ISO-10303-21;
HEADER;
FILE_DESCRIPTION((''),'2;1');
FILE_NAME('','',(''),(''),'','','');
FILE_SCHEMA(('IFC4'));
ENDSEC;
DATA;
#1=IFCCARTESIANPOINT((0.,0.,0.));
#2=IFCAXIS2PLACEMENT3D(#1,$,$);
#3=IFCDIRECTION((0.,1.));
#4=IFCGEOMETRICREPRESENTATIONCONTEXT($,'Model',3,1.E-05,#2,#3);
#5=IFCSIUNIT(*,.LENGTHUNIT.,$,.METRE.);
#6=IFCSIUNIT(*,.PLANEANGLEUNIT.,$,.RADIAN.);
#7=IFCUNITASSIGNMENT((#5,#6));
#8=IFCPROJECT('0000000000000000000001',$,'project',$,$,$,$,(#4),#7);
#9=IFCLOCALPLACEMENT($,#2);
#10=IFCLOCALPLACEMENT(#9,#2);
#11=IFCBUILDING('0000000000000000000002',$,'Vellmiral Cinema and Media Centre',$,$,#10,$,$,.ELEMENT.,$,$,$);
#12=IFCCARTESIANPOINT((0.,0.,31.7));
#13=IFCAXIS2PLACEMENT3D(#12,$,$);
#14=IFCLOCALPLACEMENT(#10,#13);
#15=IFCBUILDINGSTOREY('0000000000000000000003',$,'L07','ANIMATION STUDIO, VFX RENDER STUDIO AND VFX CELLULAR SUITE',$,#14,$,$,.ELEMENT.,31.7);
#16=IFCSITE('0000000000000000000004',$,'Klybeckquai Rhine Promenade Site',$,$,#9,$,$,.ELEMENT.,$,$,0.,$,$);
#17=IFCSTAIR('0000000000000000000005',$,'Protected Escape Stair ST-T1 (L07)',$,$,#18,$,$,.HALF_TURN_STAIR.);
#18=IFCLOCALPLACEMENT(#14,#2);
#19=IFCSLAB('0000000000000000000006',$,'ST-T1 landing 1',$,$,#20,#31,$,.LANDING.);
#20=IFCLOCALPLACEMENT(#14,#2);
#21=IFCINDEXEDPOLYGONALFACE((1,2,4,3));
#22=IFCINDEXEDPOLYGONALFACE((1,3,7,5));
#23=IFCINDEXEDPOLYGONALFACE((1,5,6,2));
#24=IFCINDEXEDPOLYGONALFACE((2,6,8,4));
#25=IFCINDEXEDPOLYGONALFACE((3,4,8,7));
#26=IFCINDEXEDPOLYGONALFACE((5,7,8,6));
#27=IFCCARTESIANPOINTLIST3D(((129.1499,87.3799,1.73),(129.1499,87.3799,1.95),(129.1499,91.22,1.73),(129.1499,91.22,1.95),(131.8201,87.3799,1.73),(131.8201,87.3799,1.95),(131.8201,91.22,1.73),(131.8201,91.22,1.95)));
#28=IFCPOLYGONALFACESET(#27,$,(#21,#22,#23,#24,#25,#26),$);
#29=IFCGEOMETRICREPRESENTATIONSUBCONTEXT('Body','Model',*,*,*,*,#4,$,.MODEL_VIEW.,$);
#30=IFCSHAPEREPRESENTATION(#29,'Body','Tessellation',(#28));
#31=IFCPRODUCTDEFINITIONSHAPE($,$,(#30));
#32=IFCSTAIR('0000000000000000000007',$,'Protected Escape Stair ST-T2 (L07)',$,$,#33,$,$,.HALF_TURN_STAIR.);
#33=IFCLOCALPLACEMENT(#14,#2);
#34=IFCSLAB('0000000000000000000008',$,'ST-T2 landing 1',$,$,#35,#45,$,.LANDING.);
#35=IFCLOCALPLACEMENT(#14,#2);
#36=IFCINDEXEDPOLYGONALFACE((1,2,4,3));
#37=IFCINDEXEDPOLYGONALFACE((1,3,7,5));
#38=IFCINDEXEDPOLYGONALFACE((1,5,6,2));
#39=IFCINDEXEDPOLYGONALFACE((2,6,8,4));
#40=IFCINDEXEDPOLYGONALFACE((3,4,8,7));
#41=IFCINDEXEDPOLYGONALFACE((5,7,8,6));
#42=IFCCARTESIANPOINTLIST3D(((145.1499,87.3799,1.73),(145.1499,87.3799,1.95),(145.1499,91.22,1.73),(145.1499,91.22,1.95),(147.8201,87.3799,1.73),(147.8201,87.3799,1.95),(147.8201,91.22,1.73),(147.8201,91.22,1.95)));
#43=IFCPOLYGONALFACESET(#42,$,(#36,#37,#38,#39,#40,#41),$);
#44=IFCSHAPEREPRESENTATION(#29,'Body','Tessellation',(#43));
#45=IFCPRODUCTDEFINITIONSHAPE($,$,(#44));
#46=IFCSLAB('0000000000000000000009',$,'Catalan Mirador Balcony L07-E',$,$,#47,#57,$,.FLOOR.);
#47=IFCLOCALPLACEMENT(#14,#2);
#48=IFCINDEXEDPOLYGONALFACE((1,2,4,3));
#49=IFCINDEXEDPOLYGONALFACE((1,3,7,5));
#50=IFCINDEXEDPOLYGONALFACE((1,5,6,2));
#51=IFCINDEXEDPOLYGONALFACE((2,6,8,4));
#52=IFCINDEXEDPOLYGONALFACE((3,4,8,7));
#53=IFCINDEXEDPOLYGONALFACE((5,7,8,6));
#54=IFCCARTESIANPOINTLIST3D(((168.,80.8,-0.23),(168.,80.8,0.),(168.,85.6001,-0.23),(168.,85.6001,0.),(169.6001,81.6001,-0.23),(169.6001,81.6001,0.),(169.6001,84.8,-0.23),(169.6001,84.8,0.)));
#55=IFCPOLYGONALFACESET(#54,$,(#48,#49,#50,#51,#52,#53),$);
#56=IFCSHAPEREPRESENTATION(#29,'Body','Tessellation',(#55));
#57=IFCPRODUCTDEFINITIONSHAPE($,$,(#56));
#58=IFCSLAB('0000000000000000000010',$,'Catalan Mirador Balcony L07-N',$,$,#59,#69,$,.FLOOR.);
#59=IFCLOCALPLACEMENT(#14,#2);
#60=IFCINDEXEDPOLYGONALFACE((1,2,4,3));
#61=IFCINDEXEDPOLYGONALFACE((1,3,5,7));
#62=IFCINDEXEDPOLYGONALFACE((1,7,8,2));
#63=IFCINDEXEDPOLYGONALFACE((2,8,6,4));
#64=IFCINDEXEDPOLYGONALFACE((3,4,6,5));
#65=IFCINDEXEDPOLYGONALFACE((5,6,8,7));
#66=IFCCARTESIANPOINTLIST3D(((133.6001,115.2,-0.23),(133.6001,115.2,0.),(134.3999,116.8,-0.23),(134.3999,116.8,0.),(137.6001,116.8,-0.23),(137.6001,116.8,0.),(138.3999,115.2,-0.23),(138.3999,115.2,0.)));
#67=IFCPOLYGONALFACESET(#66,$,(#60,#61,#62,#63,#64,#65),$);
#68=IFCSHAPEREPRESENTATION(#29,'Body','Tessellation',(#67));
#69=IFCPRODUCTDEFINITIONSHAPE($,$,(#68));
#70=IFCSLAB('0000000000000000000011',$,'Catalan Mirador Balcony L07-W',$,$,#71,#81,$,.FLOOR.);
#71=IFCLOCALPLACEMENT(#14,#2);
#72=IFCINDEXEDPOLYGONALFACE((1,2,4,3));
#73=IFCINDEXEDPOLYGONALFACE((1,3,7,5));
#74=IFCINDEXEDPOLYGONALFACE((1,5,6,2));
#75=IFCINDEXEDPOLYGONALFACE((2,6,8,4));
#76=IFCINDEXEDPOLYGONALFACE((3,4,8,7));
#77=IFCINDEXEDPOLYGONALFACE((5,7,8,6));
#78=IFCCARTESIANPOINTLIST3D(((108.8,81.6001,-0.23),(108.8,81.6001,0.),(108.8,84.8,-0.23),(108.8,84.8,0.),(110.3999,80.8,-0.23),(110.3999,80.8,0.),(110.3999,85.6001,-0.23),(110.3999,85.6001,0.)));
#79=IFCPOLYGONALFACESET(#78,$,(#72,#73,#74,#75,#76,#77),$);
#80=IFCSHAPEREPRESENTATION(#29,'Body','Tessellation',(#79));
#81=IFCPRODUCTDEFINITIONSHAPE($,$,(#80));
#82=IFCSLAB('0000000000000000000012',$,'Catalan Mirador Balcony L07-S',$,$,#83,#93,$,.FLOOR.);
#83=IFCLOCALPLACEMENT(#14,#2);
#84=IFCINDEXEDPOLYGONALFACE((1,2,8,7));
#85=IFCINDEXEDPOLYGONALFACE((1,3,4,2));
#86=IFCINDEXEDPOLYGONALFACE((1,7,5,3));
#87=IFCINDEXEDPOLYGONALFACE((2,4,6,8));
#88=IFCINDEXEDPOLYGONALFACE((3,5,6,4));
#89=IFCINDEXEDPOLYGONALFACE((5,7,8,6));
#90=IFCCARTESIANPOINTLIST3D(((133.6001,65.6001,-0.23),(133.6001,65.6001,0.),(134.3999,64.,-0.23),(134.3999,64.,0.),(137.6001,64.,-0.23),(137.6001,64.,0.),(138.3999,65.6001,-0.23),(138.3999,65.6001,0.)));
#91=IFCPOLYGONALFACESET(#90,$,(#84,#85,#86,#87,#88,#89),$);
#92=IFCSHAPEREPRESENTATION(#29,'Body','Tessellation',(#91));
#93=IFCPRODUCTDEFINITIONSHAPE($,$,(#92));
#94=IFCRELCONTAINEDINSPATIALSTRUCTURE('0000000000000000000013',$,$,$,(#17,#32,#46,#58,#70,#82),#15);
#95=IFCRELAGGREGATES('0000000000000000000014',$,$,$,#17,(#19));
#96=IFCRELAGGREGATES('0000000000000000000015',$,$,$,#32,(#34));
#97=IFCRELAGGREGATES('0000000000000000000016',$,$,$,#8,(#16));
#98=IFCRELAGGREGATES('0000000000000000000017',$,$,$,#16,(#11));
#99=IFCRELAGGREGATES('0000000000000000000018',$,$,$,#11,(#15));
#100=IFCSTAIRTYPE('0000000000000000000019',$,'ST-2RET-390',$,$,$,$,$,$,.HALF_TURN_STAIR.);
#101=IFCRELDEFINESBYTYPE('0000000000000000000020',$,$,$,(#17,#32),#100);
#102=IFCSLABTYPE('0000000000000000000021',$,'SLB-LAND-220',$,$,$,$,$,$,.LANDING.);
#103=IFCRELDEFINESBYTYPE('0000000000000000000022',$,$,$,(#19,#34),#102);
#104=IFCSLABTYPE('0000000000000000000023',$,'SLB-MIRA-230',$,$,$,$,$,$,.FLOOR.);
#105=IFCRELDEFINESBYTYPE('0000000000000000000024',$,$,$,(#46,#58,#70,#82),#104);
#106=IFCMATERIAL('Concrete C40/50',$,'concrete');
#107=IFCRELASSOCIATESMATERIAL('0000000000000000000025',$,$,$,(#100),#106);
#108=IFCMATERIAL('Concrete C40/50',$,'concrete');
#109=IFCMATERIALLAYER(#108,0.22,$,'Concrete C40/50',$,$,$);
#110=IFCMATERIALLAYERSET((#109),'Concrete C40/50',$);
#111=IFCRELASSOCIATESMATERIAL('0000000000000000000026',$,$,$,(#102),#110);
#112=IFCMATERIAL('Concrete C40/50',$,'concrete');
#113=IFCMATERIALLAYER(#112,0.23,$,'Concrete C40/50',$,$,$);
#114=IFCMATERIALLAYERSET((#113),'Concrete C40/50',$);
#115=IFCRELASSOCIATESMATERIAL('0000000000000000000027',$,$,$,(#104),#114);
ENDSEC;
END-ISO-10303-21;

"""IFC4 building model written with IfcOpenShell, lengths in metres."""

from ifc_helpers import new_model, si_unit, direction, frame, origin, place, context, subcontext, project, spatial, polyline, outline, extrude, material, layer, layer_set, type_object, element, aggregate, save


model = new_model("IFC4")

# Units and contexts
model_context = context("Model", 3, precision=1e-05, world=origin(), true_north=direction((0.0, 1.0)))
body_context = subcontext(model_context, "Body", "Model", "MODEL_VIEW")
ifc_project = project(units=[si_unit("LENGTHUNIT", "METRE"), si_unit("PLANEANGLEUNIT", "RADIAN")], contexts=[model_context])

# Site, building, storey
site_placement = place(None, origin())
site = spatial("IfcSite", under=ifc_project, at=site_placement, Name="Klybeckquai Rhine Promenade Site", CompositionType="ELEMENT", RefElevation=0.0)
building_placement = place(site_placement, origin())
building = spatial("IfcBuilding", under=site, at=building_placement, Name="Vellmiral Cinema and Media Centre", CompositionType="ELEMENT")
storey_placement = place(building_placement, frame((0.0, 0.0, 31.7)))
storey = spatial("IfcBuildingStorey", under=building, at=storey_placement, Name="L07", Description="ANIMATION STUDIO, VFX RENDER STUDIO AND VFX CELLULAR SUITE", CompositionType="ELEMENT", Elevation=31.7)

# Stairs, slabs
ifc_material_1 = material(Name="Concrete C40/50", Category="concrete")
stair_type = type_object("IfcStairType", Name="ST-2RET-390", PredefinedType="HALF_TURN_STAIR", material=ifc_material_1)
stair_1_placement = place(storey_placement, origin())
stair_1 = element("IfcStair", 1, at=stair_1_placement, inside=storey, type_object=stair_type, Name="Protected Escape Stair ST-T1 (L07)", PredefinedType="HALF_TURN_STAIR")
ifc_material_2 = material(Name="Concrete C40/50", Category="concrete")
ifc_layer_1 = layer(ifc_material_2, 0.22, Name="Concrete C40/50")
ifc_layer_set_1 = layer_set([ifc_layer_1], Name="Concrete C40/50")
slab_type_1 = type_object("IfcSlabType", Name="SLB-LAND-220", PredefinedType="LANDING", material=ifc_layer_set_1)
slab_1_placement = place(storey_placement, frame((0.0, 0.0, 1.73)))
slab_1 = element("IfcSlab", 2, at=slab_1_placement, type_object=slab_type_1, Name="ST-T1 landing 1", PredefinedType="LANDING", context=body_context, shape_type="SweptSolid", body=[
    extrude(outline(polyline([(129.1499, 87.3799), (131.8201, 87.3799), (131.8201, 91.22), (129.1499, 91.22), (129.1499, 87.3799)])), origin(), (0.0, 0.0, 1.0), 0.22),
])
aggregate(stair_1, [slab_1])
stair_2_placement = place(storey_placement, origin())
stair_2 = element("IfcStair", 3, at=stair_2_placement, inside=storey, type_object=stair_type, Name="Protected Escape Stair ST-T2 (L07)", PredefinedType="HALF_TURN_STAIR")
slab_2_placement = place(storey_placement, frame((0.0, 0.0, 1.73)))
slab_2 = element("IfcSlab", 4, at=slab_2_placement, type_object=slab_type_1, Name="ST-T2 landing 1", PredefinedType="LANDING", context=body_context, shape_type="SweptSolid", body=[
    extrude(outline(polyline([(145.1499, 87.3799), (147.8201, 87.3799), (147.8201, 91.22), (145.1499, 91.22), (145.1499, 87.3799)])), origin(), (0.0, 0.0, 1.0), 0.22),
])
aggregate(stair_2, [slab_2])

# Slabs
ifc_material_3 = material(Name="Concrete C40/50", Category="concrete")
ifc_layer_2 = layer(ifc_material_3, 0.23, Name="Concrete C40/50")
ifc_layer_set_2 = layer_set([ifc_layer_2], Name="Concrete C40/50")
slab_type_2 = type_object("IfcSlabType", Name="SLB-MIRA-230", PredefinedType="FLOOR", material=ifc_layer_set_2)
slab_3_placement = place(storey_placement, frame((0.0, 0.0, -0.23)))
element("IfcSlab", 5, at=slab_3_placement, inside=storey, type_object=slab_type_2, Name="Catalan Mirador Balcony L07-E", PredefinedType="FLOOR", context=body_context, shape_type="SweptSolid", body=[
    extrude(outline(polyline([(168.0, 80.8), (169.6001, 81.6001), (169.6001, 84.8), (168.0, 85.6001), (168.0, 80.8)])), origin(), (0.0, 0.0, 1.0), 0.23),
])
slab_4_placement = place(storey_placement, frame((0.0, 0.0, -0.23)))
element("IfcSlab", 6, at=slab_4_placement, inside=storey, type_object=slab_type_2, Name="Catalan Mirador Balcony L07-N", PredefinedType="FLOOR", context=body_context, shape_type="SweptSolid", body=[
    extrude(outline(polyline([(133.6001, 115.2), (138.3999, 115.2), (137.6001, 116.8), (134.3999, 116.8), (133.6001, 115.2)])), origin(), (0.0, 0.0, 1.0), 0.23),
])
slab_5_placement = place(storey_placement, frame((0.0, 0.0, -0.23)))
element("IfcSlab", 7, at=slab_5_placement, inside=storey, type_object=slab_type_2, Name="Catalan Mirador Balcony L07-W", PredefinedType="FLOOR", context=body_context, shape_type="SweptSolid", body=[
    extrude(outline(polyline([(110.3999, 80.8), (110.3999, 85.6001), (108.8, 84.8), (108.8, 81.6001), (110.3999, 80.8)])), origin(), (0.0, 0.0, 1.0), 0.23),
])
slab_6_placement = place(storey_placement, frame((0.0, 0.0, -0.23)))
element("IfcSlab", 8, at=slab_6_placement, inside=storey, type_object=slab_type_2, Name="Catalan Mirador Balcony L07-S", PredefinedType="FLOOR", context=body_context, shape_type="SweptSolid", body=[
    extrude(outline(polyline([(133.6001, 65.6001), (134.3999, 64.0), (137.6001, 64.0), (138.3999, 65.6001), (133.6001, 65.6001)])), origin(), (0.0, 0.0, 1.0), 0.23),
])

save(model, "model.ifc")
